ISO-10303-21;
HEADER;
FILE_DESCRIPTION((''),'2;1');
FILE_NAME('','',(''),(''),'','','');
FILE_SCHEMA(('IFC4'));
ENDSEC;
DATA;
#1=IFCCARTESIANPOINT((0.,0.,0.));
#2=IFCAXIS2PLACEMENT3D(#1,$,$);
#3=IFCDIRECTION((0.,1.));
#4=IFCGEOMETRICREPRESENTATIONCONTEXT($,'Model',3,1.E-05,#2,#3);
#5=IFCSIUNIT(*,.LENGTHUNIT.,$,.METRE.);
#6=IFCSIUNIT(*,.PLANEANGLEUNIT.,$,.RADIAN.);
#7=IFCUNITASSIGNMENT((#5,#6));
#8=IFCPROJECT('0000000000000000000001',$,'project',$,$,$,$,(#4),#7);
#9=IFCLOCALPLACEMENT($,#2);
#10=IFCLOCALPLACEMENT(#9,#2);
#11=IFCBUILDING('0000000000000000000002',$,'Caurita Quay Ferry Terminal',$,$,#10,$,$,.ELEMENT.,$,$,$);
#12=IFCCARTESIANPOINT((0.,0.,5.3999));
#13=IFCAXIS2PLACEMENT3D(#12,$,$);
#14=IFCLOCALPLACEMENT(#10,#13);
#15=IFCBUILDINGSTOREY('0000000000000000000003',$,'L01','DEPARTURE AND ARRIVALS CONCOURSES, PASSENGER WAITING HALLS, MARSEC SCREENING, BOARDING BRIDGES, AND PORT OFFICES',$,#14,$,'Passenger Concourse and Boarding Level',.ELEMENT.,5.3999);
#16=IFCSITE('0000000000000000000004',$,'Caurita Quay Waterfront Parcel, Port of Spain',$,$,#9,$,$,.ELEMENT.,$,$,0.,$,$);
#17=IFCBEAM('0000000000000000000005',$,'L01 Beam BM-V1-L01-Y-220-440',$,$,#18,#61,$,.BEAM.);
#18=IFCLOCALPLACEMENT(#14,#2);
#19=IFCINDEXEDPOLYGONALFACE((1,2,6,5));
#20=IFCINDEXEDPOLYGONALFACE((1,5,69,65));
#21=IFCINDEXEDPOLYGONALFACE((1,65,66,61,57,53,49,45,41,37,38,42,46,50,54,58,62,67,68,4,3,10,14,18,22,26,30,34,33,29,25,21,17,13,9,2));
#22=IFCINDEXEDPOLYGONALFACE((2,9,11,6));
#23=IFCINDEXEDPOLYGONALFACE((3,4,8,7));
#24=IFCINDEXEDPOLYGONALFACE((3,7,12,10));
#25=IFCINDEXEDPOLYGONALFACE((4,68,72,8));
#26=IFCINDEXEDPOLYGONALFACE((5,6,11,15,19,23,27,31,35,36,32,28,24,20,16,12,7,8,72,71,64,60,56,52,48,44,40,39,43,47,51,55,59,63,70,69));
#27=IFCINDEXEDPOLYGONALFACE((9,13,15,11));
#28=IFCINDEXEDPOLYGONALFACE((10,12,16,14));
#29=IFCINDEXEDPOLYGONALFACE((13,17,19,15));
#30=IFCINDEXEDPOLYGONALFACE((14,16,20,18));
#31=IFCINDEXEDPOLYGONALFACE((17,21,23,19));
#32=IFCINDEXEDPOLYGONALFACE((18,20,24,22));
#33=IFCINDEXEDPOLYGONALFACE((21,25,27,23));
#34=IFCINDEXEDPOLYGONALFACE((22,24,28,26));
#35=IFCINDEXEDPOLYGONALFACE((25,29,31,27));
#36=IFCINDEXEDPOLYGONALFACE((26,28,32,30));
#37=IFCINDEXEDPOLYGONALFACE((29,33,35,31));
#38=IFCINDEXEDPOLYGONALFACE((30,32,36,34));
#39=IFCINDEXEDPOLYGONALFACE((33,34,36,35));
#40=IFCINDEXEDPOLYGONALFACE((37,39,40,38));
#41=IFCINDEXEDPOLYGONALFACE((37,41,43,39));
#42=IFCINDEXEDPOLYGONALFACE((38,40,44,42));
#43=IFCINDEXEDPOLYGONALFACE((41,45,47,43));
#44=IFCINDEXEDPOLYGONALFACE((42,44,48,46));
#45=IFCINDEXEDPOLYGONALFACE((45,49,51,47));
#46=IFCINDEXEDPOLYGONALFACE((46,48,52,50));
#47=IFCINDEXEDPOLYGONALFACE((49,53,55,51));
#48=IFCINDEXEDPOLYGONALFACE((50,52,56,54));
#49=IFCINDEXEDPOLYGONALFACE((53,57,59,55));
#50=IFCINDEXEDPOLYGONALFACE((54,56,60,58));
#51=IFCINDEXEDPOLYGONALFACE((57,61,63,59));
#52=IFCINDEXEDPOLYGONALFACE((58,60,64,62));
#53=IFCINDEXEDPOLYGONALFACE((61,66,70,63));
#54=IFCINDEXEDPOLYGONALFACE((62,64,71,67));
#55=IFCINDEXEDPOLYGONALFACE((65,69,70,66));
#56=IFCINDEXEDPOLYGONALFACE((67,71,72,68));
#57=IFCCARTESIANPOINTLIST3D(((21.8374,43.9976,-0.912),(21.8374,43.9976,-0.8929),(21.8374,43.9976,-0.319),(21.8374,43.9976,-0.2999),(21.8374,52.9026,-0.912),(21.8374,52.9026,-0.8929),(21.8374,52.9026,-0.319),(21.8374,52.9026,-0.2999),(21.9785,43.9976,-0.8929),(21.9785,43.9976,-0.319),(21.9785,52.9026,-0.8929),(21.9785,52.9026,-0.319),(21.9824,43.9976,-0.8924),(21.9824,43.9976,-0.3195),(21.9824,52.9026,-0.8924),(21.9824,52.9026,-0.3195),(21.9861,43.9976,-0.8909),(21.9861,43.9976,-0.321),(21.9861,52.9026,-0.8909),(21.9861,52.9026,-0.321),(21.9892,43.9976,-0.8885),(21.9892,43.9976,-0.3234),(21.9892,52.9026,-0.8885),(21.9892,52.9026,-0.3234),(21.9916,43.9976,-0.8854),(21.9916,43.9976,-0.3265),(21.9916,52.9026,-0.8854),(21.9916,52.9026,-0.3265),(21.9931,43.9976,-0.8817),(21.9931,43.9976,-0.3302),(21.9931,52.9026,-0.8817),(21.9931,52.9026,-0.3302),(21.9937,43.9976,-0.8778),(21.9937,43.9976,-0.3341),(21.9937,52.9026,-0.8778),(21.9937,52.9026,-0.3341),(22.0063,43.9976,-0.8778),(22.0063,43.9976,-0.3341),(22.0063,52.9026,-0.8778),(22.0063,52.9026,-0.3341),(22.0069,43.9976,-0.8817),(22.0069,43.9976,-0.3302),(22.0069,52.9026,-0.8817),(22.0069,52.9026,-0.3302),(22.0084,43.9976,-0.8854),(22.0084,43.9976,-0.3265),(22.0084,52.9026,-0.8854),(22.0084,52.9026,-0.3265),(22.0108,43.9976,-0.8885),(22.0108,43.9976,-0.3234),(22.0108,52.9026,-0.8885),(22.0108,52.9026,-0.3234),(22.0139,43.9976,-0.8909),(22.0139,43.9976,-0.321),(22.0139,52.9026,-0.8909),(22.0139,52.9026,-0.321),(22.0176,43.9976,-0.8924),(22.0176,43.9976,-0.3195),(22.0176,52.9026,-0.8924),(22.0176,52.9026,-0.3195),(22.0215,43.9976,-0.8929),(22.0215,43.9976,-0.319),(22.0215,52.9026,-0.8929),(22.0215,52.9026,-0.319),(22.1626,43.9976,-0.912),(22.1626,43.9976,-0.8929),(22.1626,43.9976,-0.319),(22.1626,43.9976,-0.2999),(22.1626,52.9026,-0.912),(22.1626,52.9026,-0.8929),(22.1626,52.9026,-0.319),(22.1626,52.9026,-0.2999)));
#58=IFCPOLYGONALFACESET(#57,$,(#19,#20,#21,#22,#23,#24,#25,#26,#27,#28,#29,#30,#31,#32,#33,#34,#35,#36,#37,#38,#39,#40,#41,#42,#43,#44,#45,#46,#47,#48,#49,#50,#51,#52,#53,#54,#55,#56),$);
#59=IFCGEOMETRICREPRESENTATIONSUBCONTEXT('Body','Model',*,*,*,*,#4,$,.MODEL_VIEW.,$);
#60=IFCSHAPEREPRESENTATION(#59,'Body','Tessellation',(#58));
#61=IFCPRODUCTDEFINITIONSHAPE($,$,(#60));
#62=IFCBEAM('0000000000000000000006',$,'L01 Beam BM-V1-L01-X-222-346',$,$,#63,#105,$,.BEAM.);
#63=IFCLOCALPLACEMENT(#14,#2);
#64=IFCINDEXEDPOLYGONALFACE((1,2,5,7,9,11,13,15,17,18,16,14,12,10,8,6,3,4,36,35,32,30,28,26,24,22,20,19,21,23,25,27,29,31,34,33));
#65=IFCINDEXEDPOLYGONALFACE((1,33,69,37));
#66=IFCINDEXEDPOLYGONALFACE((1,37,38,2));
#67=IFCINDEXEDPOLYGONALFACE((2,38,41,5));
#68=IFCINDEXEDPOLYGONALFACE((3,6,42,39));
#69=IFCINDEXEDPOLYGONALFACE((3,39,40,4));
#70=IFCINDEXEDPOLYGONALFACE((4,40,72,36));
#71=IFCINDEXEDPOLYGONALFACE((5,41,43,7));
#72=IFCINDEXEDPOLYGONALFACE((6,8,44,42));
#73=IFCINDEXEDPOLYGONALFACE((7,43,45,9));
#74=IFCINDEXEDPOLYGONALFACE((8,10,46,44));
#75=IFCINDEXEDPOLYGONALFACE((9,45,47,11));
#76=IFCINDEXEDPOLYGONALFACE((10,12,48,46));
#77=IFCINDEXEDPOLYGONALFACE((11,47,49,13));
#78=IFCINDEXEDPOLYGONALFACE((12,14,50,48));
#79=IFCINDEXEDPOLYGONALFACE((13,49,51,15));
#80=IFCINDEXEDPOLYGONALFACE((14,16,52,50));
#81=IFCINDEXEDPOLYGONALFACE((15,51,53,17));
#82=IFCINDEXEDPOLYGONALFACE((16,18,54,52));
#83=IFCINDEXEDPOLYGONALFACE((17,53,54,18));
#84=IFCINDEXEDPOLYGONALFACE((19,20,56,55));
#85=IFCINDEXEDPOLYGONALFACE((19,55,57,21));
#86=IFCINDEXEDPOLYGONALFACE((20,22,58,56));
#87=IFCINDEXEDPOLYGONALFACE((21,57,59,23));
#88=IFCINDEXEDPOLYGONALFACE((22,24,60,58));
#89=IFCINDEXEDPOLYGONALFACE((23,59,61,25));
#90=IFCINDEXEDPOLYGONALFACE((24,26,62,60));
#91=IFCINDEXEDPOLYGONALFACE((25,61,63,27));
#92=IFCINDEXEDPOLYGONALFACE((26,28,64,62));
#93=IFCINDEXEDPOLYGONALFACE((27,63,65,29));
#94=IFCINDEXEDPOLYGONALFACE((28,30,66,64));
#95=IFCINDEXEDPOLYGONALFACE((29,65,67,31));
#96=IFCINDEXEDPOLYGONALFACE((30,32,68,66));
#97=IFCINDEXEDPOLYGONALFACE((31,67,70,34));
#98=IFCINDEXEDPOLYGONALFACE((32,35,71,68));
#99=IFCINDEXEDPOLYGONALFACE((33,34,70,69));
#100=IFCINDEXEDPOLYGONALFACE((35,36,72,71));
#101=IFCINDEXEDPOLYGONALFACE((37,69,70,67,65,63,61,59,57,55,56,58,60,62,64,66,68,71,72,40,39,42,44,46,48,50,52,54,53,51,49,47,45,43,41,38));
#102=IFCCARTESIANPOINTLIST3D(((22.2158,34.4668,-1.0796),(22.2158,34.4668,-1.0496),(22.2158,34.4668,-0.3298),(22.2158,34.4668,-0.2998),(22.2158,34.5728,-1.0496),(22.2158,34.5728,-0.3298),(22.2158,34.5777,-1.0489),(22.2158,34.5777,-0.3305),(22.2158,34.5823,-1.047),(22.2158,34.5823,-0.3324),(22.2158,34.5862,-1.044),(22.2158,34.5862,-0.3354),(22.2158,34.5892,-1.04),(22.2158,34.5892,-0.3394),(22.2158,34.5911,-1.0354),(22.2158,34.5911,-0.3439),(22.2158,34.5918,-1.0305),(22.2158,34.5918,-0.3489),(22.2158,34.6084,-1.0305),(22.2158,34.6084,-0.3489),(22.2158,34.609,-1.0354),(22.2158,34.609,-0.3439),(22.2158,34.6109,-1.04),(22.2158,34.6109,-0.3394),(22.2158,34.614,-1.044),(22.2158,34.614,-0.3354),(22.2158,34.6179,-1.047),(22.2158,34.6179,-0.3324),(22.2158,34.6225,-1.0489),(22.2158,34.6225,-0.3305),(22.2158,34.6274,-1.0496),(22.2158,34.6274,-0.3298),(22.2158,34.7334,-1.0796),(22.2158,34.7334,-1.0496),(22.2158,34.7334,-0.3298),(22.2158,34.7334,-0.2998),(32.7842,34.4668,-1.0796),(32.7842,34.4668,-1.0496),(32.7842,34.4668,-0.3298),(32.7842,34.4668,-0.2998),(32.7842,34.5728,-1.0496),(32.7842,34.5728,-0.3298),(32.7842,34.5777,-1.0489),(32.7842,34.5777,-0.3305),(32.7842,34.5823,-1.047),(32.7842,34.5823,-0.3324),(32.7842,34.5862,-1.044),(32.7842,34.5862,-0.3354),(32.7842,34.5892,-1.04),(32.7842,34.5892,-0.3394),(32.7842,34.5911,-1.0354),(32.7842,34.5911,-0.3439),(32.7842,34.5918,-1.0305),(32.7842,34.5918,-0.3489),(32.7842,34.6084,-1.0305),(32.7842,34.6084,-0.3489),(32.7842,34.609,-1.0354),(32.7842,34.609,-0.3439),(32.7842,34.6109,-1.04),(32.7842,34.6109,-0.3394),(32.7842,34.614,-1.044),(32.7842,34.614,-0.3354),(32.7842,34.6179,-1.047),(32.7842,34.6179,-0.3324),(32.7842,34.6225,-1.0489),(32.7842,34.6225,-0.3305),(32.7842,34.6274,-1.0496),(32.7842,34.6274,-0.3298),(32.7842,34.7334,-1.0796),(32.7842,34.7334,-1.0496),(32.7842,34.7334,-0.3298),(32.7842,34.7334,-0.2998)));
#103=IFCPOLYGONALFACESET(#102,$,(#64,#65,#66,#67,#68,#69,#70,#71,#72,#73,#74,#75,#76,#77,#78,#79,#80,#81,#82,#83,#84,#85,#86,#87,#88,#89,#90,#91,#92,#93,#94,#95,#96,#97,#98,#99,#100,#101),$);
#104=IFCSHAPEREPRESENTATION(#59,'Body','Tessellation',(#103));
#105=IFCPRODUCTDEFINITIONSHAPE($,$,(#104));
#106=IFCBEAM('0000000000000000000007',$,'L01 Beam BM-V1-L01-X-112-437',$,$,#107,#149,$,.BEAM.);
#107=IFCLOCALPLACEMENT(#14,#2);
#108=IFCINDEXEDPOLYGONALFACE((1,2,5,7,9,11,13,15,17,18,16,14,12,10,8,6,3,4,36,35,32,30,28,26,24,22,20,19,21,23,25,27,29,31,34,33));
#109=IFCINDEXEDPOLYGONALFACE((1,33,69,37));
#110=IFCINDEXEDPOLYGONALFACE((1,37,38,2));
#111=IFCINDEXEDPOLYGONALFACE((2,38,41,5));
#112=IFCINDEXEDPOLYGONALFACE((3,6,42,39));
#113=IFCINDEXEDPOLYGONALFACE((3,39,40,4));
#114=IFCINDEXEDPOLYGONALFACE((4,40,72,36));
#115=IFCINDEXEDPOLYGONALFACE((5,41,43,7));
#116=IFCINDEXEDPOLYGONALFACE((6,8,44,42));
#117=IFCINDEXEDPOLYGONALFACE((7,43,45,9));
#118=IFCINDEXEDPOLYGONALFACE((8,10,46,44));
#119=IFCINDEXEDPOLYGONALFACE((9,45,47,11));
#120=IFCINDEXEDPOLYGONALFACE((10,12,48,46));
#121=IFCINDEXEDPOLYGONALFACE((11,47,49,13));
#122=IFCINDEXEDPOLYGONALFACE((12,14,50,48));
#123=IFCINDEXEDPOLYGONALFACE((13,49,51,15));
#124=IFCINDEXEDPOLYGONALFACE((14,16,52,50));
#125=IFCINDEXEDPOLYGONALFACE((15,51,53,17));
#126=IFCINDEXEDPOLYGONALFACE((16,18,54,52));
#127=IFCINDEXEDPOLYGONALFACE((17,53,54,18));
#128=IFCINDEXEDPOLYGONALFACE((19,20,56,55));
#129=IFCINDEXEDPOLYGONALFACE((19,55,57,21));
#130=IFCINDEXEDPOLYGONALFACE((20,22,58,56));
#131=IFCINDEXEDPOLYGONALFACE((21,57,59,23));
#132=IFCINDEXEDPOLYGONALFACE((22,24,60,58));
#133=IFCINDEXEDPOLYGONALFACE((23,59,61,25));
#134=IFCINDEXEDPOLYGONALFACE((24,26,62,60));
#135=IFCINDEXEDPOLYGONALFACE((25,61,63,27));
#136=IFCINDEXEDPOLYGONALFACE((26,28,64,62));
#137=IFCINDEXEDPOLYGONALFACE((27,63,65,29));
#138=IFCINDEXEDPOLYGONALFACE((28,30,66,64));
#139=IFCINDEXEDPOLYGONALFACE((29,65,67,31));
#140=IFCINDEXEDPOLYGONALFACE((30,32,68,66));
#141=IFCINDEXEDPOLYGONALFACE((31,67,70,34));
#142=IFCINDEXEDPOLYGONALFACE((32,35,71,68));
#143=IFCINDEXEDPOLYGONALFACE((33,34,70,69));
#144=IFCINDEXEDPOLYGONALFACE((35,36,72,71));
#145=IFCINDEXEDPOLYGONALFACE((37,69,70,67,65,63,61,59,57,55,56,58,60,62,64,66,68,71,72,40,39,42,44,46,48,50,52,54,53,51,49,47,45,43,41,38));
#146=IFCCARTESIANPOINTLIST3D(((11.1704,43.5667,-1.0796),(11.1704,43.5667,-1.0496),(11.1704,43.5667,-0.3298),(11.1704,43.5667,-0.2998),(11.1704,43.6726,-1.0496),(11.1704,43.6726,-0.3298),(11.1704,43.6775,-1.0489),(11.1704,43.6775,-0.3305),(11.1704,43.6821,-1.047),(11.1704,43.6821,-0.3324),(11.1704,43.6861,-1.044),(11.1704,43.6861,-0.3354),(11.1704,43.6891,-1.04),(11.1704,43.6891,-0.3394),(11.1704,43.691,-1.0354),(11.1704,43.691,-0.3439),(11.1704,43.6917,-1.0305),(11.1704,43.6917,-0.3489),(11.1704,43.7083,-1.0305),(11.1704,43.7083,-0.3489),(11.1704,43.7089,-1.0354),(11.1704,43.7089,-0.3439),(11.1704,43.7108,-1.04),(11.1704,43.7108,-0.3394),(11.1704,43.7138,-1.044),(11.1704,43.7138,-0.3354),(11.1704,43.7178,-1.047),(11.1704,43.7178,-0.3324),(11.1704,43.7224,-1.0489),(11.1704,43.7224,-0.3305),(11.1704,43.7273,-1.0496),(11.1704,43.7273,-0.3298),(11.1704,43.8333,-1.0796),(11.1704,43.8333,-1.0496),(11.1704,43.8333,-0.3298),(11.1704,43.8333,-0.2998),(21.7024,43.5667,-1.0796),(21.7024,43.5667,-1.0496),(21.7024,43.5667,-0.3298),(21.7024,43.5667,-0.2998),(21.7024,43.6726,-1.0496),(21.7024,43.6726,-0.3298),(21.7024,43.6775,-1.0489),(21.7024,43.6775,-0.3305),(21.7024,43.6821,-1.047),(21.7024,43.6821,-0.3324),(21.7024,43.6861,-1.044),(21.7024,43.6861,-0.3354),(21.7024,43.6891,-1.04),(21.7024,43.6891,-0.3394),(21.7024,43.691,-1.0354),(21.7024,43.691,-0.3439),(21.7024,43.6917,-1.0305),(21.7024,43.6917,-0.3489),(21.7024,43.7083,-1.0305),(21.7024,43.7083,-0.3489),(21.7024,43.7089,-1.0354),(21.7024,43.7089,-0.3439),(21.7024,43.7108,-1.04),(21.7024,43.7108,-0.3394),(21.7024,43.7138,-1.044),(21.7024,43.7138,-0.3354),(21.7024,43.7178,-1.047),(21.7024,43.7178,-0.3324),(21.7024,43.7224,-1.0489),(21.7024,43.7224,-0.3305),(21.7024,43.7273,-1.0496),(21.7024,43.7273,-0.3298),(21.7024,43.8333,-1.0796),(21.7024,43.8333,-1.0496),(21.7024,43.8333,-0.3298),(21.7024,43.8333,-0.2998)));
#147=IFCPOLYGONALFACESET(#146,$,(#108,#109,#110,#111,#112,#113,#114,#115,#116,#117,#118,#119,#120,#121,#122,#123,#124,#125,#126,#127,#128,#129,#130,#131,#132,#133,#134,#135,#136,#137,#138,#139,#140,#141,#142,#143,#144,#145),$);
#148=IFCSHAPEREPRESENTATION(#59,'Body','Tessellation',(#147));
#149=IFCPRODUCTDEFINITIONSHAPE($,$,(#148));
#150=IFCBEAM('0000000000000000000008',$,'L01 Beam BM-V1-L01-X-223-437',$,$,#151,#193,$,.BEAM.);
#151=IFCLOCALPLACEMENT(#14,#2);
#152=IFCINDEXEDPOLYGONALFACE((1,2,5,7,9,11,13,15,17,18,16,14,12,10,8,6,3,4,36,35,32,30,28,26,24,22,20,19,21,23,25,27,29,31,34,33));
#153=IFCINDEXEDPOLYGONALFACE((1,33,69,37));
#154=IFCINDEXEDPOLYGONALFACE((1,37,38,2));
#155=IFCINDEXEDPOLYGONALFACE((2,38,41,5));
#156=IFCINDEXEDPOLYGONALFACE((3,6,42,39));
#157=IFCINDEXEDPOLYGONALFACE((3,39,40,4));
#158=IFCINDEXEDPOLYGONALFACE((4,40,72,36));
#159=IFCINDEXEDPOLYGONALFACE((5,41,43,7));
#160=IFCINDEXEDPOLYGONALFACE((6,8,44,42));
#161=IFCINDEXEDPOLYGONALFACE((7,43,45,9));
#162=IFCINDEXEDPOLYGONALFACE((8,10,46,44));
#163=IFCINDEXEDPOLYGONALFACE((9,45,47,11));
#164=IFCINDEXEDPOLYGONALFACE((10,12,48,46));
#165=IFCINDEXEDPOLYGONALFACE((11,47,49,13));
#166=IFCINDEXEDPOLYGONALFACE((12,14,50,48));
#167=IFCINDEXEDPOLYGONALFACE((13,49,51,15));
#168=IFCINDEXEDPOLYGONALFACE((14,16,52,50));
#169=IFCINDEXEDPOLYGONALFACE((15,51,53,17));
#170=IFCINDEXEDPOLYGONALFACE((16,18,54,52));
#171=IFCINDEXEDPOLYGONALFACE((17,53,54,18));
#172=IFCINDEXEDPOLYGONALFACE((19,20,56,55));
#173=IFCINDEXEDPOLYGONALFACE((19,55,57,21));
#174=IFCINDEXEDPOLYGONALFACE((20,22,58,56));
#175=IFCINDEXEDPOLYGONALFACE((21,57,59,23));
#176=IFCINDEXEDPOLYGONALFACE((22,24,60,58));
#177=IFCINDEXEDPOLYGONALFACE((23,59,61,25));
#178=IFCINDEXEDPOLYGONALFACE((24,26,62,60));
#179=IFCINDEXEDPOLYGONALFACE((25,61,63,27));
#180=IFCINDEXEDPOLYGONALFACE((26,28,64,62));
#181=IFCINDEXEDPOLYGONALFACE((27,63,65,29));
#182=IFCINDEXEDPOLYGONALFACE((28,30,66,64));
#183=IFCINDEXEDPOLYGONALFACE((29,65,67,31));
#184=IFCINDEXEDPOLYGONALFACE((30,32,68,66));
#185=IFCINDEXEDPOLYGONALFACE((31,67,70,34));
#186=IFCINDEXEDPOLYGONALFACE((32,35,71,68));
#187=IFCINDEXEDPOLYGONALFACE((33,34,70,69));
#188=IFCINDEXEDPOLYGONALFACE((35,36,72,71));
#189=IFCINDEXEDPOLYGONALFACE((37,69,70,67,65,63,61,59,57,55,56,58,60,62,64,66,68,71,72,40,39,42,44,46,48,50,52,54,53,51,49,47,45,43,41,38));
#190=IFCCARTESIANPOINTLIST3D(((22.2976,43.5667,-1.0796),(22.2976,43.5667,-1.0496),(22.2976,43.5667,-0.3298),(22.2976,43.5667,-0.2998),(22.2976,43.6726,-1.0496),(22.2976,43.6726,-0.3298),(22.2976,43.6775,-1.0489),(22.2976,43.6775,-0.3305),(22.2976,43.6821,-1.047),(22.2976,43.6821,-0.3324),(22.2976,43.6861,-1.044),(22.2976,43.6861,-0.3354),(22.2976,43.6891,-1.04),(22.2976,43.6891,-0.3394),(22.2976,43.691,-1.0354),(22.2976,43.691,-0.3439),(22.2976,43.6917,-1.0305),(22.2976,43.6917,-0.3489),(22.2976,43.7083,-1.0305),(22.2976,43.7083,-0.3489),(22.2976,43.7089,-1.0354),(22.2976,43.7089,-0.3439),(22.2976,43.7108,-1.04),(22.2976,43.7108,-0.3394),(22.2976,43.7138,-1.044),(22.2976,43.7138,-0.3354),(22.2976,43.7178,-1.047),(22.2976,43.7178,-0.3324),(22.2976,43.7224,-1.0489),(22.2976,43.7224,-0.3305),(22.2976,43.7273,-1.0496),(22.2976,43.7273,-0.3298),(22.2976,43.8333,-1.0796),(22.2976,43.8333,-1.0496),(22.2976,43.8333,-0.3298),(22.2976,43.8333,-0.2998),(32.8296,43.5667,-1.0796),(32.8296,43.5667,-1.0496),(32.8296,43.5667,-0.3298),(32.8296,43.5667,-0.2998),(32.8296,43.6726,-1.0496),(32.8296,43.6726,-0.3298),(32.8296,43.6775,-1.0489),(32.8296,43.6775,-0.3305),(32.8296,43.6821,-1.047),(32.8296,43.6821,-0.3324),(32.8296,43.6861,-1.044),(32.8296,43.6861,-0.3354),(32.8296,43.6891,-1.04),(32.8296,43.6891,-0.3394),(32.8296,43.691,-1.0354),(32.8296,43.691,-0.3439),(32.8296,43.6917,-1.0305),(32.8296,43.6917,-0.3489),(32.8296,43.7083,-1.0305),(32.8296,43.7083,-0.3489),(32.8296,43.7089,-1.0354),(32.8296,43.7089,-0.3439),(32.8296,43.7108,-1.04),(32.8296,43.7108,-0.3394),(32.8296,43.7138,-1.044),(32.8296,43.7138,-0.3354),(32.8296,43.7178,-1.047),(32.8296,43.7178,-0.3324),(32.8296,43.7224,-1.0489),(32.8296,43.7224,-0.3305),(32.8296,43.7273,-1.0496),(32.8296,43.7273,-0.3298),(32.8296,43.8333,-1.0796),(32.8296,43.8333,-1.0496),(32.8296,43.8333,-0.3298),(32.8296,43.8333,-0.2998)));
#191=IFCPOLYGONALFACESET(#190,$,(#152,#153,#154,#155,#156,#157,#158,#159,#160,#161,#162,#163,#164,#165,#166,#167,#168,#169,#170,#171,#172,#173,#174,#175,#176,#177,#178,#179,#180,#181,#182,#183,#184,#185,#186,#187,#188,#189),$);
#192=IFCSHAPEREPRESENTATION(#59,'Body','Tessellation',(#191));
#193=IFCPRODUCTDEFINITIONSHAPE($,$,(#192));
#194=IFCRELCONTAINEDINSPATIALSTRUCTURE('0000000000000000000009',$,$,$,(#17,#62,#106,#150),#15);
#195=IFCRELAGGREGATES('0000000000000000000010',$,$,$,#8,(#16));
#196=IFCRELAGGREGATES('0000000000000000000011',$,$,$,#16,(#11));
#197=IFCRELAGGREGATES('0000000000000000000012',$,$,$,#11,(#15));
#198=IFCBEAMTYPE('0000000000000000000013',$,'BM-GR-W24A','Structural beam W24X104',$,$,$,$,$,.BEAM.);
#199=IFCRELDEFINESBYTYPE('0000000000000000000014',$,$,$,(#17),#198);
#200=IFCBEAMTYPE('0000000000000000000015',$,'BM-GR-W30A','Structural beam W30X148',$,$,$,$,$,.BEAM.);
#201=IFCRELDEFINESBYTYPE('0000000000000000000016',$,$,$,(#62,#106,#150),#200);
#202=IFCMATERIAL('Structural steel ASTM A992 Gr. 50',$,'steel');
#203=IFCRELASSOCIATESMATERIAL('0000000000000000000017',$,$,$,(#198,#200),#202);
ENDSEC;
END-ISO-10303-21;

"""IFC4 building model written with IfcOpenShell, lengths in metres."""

from ifc_helpers import new_model, si_unit, direction, frame, origin, origin_2d, place, context, subcontext, project, spatial, i_section, extrude, material, material_profile, profile_set, type_object, element, save


model = new_model("IFC4")

# Units and contexts
model_context = context("Model", 3, precision=1e-05, world=origin(), true_north=direction((0.0, 1.0)))
body_context = subcontext(model_context, "Body", "Model", "MODEL_VIEW")
ifc_project = project(units=[si_unit("LENGTHUNIT", "METRE"), si_unit("PLANEANGLEUNIT", "RADIAN")], contexts=[model_context])

# Site, building, storey
site_placement = place(None, origin())
site = spatial("IfcSite", under=ifc_project, at=site_placement, Name="Caurita Quay Waterfront Parcel, Port of Spain", CompositionType="ELEMENT", RefElevation=0.0)
building_placement = place(site_placement, origin())
building = spatial("IfcBuilding", under=site, at=building_placement, Name="Caurita Quay Ferry Terminal", CompositionType="ELEMENT")
storey_placement = place(building_placement, frame((0.0, 0.0, 5.3999)))
storey = spatial("IfcBuildingStorey", under=building, at=storey_placement, Name="L01", Description="DEPARTURE AND ARRIVALS CONCOURSES, PASSENGER WAITING HALLS, MARSEC SCREENING, BOARDING BRIDGES, AND PORT OFFICES", LongName="Passenger Concourse and Boarding Level", CompositionType="ELEMENT", Elevation=5.3999)

# Beams
ifc_material_1 = material(Name="Structural steel ASTM A992 Gr. 50", Category="steel")
ifc_material_profile_1 = material_profile(ifc_material_1, i_section(OverallWidth=0.3252, OverallDepth=0.6121, WebThickness=0.0127, FlangeThickness=0.019, FilletRadius=0.0151, at=origin_2d()), Name="W24X104")
ifc_profile_set_1 = profile_set([ifc_material_profile_1], Name="Structural steel ASTM A992 Gr. 50")
beam_type_1 = type_object("IfcBeamType", Name="BM-GR-W24A", Description="Structural beam W24X104", PredefinedType="BEAM", material=ifc_profile_set_1)
beam_1_placement = place(storey_placement, frame((22.0, 43.9976, -0.606), z_axis=(0.0, 1.0, 0.0), x_axis=(-1.0, 0.0, 0.0)))
element("IfcBeam", 1, at=beam_1_placement, inside=storey, type_object=beam_type_1, Name="L01 Beam BM-V1-L01-Y-220-440", PredefinedType="BEAM", context=body_context, shape_type="SweptSolid", body=[
    extrude(i_section(OverallWidth=0.3252, OverallDepth=0.6121, WebThickness=0.0127, FlangeThickness=0.019, FilletRadius=0.0151, at=origin_2d()), origin(), (0.0, 0.0, 1.0), 8.905),
])
ifc_material_profile_2 = material_profile(ifc_material_1, i_section(OverallWidth=0.2666, OverallDepth=0.7798, WebThickness=0.0166, FlangeThickness=0.03, FilletRadius=0.019, at=origin_2d()), Name="W30X148")
ifc_profile_set_2 = profile_set([ifc_material_profile_2], Name="Structural steel ASTM A992 Gr. 50")
beam_type_2 = type_object("IfcBeamType", Name="BM-GR-W30A", Description="Structural beam W30X148", PredefinedType="BEAM", material=ifc_profile_set_2)
beam_2_placement = place(storey_placement, frame((22.2158, 34.6001, -0.6897), z_axis=(1.0, 0.0, 0.0), x_axis=(0.0, 1.0, 0.0)))
element("IfcBeam", 2, at=beam_2_placement, inside=storey, type_object=beam_type_2, Name="L01 Beam BM-V1-L01-X-222-346", PredefinedType="BEAM", context=body_context, shape_type="SweptSolid", body=[
    extrude(i_section(OverallWidth=0.2666, OverallDepth=0.7798, WebThickness=0.0166, FlangeThickness=0.03, FilletRadius=0.019, at=origin_2d()), origin(), (0.0, 0.0, 1.0), 10.5684),
])
for number, where, z_axis, x_axis, name in (
    (3, (11.1704, 43.7, -0.6897), (1.0, 0.0, 0.0), (0.0, 1.0, 0.0), "L01 Beam BM-V1-L01-X-112-437"),
    (4, (22.2976, 43.7, -0.6897), (1.0, 0.0, 0.0), (0.0, 1.0, 0.0), "L01 Beam BM-V1-L01-X-223-437"),
):
    element("IfcBeam", number, at=place(storey_placement, frame(where, z_axis=z_axis, x_axis=x_axis)), inside=storey, type_object=beam_type_2, Name=name, PredefinedType="BEAM", context=body_context, shape_type="SweptSolid", body=[
        extrude(i_section(OverallWidth=0.2666, OverallDepth=0.7798, WebThickness=0.0166, FlangeThickness=0.03, FilletRadius=0.019, at=origin_2d()), origin(), (0.0, 0.0, 1.0), 10.532),
    ])

save(model, "model.ifc")
